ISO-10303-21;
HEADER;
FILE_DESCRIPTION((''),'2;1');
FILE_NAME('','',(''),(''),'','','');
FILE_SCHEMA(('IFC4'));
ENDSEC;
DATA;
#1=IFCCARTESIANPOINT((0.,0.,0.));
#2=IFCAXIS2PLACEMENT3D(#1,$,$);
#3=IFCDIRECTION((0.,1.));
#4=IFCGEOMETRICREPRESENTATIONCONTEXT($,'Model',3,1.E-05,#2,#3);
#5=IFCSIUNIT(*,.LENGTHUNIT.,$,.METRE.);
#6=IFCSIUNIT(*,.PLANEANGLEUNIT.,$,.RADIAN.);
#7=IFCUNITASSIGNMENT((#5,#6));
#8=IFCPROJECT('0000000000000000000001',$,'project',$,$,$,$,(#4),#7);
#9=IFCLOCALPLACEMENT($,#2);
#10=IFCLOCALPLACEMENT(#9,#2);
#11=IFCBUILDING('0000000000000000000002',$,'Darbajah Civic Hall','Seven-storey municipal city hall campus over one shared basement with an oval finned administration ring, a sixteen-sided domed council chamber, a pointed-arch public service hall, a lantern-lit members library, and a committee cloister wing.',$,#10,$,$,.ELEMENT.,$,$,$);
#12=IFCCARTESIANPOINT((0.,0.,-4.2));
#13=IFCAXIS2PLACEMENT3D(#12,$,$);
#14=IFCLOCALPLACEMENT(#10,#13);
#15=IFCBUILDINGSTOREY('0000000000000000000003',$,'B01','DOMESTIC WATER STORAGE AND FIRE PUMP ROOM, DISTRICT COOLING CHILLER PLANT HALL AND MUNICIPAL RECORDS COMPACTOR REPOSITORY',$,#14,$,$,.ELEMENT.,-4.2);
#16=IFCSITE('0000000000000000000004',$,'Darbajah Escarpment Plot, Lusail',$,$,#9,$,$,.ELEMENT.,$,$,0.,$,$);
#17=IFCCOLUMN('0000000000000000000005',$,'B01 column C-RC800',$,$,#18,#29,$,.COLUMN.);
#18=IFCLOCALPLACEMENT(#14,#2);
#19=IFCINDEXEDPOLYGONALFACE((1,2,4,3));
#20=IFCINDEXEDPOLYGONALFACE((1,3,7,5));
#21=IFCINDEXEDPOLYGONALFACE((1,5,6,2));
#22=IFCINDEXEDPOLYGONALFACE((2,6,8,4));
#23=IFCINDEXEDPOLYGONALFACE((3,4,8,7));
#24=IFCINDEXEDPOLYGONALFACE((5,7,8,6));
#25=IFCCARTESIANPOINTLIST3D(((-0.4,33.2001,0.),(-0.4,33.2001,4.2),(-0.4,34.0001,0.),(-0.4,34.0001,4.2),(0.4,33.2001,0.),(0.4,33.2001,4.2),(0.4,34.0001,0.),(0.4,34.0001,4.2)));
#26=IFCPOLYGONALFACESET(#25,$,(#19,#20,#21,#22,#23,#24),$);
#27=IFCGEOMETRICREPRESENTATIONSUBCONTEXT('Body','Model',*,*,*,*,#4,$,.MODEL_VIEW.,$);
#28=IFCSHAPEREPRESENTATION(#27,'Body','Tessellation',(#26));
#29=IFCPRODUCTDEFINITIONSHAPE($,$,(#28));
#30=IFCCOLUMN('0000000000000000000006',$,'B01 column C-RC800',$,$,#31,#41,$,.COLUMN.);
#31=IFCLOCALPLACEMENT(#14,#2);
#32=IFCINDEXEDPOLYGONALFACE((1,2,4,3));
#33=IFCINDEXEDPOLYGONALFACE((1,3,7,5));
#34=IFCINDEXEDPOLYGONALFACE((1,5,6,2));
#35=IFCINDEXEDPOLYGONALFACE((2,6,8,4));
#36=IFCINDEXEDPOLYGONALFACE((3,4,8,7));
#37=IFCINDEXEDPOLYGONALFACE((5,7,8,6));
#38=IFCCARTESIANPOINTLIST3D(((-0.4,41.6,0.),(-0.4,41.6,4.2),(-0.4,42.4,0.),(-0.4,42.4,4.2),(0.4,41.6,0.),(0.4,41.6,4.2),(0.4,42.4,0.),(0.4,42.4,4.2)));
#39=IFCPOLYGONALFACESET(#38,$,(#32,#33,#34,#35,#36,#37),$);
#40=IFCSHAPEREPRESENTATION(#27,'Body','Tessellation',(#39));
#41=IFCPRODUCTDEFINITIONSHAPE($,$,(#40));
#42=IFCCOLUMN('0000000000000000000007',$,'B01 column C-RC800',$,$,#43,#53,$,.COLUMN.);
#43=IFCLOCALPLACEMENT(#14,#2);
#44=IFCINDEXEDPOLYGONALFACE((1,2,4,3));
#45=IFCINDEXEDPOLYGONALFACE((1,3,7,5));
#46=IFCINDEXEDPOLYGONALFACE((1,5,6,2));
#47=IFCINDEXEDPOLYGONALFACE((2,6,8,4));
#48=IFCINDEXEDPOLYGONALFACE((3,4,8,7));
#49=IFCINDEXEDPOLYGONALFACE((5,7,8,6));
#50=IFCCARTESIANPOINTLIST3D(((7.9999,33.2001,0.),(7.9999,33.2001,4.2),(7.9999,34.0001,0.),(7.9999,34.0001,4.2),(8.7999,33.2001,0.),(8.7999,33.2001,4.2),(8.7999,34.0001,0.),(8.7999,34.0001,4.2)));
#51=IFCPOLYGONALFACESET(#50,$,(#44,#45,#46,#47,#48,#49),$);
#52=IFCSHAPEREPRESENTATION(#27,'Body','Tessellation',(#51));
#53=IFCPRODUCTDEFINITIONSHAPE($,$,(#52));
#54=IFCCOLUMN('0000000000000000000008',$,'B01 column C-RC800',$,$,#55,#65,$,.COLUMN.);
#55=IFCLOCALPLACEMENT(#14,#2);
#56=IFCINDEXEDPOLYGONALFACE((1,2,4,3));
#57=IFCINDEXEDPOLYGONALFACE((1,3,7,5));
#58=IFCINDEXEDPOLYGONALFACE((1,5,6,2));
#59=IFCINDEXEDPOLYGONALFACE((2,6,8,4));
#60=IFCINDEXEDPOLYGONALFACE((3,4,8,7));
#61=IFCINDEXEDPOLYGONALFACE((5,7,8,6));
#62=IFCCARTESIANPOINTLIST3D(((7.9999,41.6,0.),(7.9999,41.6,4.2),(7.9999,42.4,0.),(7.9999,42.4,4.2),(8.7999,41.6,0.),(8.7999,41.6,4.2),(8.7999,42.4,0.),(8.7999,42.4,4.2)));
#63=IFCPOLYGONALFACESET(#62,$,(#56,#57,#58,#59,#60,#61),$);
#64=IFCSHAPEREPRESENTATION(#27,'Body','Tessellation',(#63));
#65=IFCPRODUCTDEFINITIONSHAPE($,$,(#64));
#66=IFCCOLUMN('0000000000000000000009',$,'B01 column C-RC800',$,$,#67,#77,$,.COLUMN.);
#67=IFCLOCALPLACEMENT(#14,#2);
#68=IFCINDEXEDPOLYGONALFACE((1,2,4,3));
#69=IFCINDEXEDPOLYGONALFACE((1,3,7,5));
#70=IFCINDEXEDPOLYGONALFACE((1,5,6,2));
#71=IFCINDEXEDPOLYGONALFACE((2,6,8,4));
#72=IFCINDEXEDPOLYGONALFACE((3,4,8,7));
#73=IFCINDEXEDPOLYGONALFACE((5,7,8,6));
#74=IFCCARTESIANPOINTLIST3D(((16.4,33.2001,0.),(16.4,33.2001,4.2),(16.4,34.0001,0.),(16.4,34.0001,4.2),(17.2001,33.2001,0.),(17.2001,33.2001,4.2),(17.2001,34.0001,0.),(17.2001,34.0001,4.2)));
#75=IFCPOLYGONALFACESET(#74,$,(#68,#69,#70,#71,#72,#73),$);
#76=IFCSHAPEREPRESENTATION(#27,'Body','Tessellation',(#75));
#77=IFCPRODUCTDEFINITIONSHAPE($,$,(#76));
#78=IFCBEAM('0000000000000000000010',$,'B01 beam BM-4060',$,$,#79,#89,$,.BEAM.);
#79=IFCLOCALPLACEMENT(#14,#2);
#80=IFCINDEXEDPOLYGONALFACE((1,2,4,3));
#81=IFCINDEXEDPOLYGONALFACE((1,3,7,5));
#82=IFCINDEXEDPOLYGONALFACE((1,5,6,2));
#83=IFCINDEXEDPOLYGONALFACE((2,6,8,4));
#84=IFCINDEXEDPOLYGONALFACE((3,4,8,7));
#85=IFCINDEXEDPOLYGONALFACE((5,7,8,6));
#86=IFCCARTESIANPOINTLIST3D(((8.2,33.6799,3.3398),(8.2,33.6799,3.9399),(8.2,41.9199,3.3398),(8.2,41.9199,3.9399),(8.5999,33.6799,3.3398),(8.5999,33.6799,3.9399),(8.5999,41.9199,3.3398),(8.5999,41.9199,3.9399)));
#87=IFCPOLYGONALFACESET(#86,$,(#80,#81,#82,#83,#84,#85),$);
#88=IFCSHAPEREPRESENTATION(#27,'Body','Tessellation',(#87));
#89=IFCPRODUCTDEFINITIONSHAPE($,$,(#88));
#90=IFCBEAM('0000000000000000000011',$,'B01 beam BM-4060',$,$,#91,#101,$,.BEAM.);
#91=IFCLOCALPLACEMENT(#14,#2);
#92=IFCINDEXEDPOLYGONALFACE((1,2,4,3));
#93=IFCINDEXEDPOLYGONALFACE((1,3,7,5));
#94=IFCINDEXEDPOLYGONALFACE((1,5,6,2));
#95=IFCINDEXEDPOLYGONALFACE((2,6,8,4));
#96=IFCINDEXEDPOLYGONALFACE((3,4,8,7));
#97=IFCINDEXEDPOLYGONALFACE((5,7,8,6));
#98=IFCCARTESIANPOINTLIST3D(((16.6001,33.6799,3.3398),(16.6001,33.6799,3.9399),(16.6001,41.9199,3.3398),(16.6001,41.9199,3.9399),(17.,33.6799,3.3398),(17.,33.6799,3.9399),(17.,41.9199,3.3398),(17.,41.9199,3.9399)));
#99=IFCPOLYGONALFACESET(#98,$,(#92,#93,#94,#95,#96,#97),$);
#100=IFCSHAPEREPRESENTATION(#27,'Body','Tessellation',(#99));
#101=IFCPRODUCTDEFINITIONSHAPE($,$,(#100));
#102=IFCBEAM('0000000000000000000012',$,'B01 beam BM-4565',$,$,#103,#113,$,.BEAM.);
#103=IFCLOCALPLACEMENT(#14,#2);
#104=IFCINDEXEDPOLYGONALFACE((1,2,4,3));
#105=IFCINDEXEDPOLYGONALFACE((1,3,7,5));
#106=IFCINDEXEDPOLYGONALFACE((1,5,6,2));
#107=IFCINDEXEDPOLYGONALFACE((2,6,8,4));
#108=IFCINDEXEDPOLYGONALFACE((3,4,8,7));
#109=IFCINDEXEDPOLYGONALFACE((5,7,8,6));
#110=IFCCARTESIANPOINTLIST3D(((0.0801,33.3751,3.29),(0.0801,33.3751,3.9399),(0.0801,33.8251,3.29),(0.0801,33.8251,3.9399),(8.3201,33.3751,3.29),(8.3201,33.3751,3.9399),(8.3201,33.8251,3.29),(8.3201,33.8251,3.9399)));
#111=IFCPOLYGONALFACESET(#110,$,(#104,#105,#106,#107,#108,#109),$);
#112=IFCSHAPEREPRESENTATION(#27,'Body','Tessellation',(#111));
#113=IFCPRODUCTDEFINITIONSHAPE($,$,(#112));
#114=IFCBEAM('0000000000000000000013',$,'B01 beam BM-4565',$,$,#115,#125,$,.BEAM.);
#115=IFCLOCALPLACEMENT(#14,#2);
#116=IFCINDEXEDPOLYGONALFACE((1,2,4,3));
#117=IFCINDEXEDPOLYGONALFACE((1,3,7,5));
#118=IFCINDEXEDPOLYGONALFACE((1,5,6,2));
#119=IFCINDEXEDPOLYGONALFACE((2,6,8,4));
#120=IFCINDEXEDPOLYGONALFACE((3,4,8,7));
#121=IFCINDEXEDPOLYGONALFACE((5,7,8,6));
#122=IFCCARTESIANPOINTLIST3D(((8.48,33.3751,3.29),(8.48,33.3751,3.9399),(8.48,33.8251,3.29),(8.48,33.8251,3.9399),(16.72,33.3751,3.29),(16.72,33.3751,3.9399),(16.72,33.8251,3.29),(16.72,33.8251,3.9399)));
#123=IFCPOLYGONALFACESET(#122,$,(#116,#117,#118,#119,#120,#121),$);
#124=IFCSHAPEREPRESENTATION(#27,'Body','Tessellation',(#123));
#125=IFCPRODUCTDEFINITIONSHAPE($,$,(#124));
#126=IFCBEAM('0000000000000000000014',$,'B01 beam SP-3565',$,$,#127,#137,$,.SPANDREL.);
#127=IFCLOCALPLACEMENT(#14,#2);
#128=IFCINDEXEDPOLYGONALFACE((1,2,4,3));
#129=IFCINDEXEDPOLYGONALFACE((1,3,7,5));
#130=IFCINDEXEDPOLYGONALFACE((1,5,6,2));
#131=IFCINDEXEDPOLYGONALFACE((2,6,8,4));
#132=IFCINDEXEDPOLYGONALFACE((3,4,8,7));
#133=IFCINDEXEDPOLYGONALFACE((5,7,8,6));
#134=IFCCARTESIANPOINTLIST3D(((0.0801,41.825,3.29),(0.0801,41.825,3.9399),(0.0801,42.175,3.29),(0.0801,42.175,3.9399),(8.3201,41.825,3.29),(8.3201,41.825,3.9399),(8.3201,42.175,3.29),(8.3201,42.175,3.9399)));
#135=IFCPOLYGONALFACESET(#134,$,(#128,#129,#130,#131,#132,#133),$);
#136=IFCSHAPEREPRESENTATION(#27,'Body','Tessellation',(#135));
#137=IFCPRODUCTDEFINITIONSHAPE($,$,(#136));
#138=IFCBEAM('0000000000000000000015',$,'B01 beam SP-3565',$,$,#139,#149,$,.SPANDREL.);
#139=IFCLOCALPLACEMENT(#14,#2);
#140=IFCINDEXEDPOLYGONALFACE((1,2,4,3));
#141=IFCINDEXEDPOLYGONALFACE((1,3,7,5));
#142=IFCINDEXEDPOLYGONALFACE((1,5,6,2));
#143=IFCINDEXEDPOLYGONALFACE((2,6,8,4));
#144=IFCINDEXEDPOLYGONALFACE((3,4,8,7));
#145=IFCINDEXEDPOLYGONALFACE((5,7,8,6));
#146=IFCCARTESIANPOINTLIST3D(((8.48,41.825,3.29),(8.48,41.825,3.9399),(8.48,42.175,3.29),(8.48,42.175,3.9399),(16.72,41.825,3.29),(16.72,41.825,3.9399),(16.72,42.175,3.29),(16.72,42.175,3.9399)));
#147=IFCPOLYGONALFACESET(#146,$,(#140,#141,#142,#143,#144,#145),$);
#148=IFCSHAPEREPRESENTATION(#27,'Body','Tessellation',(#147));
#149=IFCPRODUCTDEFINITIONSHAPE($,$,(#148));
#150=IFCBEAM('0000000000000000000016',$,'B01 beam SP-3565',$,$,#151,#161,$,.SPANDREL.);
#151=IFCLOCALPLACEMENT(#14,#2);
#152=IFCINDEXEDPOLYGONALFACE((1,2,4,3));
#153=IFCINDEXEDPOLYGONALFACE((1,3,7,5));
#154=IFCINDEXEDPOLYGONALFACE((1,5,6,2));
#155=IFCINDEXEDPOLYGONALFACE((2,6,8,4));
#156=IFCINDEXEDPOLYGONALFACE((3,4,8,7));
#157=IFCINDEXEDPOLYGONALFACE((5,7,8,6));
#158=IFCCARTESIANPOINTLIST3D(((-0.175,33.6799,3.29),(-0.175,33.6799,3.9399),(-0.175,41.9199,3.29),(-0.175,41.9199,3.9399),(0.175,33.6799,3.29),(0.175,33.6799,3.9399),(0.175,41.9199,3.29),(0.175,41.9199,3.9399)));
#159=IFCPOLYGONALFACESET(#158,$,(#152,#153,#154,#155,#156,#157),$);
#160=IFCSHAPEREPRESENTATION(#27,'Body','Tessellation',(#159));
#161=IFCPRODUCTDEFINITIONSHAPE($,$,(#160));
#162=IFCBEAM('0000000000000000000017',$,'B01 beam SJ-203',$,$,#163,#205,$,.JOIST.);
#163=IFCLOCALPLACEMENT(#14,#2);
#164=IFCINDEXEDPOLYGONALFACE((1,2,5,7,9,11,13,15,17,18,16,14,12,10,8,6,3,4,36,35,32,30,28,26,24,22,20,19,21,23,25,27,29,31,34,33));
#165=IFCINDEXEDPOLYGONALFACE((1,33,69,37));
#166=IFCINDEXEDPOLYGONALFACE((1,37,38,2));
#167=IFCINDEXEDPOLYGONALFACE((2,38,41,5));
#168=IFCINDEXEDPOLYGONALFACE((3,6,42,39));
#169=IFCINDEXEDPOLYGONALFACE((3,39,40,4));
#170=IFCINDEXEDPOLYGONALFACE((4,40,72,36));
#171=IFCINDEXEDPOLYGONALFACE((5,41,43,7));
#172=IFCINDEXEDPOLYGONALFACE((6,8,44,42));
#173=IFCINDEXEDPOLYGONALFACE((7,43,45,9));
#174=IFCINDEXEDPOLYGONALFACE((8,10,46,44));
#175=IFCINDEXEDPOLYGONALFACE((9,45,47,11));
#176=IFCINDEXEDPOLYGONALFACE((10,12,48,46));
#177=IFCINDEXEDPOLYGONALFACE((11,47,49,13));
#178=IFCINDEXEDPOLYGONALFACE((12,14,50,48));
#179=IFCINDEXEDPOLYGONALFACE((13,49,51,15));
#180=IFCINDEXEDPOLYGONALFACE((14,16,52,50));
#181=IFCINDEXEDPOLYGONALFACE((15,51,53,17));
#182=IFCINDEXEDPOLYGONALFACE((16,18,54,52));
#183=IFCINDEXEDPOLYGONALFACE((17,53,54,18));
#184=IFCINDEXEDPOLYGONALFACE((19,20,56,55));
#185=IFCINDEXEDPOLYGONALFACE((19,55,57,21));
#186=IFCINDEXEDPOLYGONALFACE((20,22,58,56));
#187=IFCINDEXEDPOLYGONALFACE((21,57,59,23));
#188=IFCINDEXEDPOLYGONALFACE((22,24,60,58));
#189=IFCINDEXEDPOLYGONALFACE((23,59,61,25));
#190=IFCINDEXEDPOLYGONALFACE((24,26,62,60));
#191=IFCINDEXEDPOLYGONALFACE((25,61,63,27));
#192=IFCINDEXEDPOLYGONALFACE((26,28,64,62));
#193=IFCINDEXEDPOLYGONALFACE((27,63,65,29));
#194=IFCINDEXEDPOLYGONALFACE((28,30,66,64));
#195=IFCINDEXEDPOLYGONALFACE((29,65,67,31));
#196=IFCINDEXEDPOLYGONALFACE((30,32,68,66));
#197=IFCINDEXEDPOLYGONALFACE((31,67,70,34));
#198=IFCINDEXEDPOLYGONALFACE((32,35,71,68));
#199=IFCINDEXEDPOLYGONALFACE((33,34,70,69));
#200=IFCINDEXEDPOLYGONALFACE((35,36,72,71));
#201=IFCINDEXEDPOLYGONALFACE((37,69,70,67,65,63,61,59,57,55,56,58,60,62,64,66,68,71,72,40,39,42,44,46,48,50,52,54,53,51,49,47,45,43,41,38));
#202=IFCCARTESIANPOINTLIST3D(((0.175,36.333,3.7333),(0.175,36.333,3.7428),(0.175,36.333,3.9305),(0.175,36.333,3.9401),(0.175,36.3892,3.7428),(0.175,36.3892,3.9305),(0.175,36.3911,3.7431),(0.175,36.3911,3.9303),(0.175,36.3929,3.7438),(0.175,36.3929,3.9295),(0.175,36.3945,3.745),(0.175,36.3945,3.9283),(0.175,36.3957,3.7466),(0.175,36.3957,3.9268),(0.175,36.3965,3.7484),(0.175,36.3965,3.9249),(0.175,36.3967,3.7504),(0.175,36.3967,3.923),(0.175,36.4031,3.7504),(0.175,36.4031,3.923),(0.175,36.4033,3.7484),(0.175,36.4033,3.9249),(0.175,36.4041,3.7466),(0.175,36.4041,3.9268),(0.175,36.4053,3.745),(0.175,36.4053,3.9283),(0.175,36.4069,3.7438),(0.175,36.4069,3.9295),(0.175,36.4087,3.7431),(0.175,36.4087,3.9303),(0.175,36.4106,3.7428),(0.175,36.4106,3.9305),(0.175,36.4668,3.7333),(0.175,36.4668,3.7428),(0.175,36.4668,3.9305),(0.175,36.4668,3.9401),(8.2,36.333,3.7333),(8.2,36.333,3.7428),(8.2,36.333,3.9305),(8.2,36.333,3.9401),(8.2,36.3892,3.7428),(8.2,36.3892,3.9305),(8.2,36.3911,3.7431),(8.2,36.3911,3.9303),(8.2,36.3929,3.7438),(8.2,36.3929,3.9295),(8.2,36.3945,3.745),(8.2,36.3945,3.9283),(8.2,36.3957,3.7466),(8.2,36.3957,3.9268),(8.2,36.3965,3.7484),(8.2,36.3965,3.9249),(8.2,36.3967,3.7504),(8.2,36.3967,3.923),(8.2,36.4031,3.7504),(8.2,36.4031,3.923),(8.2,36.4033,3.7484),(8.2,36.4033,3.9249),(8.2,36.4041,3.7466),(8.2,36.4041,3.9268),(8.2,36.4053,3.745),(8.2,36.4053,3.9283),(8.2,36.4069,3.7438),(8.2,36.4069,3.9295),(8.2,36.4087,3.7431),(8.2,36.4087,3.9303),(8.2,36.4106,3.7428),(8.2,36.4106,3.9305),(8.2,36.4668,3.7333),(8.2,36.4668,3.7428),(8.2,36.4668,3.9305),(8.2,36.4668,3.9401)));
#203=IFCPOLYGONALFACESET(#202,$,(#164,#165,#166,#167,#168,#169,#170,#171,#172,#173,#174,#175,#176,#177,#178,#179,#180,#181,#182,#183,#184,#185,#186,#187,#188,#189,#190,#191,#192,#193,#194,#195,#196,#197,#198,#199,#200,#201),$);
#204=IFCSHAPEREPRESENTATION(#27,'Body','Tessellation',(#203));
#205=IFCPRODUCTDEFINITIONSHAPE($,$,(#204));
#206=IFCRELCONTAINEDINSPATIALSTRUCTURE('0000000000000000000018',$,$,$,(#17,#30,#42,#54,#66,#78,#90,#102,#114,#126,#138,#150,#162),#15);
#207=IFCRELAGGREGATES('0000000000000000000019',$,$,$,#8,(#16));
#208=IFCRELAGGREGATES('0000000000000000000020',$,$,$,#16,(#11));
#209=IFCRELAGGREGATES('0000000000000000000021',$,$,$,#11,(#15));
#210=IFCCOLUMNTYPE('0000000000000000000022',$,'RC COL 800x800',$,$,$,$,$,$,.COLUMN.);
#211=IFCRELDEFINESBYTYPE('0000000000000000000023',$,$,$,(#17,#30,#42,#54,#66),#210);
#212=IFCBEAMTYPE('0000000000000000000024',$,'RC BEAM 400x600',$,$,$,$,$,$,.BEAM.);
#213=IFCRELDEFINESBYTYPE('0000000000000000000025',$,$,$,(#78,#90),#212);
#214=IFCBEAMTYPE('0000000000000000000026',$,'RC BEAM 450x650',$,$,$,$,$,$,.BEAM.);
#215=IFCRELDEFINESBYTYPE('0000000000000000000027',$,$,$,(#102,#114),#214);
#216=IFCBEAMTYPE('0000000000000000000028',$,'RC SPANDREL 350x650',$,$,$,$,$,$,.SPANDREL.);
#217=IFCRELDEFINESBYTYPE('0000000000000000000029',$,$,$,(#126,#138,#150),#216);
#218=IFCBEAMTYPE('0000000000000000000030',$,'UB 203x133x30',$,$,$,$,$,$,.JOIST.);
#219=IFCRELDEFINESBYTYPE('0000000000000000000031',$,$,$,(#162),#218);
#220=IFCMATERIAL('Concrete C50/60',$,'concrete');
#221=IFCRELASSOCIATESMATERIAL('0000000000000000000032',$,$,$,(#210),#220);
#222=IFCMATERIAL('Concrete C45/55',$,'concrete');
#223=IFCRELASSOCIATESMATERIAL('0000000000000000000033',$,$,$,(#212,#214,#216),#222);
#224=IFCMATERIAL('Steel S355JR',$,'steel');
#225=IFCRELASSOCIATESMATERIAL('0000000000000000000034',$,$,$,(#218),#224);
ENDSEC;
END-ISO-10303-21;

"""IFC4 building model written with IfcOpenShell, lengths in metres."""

from ifc_helpers import new_model, si_unit, direction, frame, origin, origin_2d, place, context, subcontext, project, spatial, rectangle, i_section, extrude, material, material_profile, profile_set, type_object, element, save


model = new_model("IFC4")

# Units and contexts
model_context = context("Model", 3, precision=1e-05, world=origin(), true_north=direction((0.0, 1.0)))
body_context = subcontext(model_context, "Body", "Model", "MODEL_VIEW")
ifc_project = project(units=[si_unit("LENGTHUNIT", "METRE"), si_unit("PLANEANGLEUNIT", "RADIAN")], contexts=[model_context])

# Site, building, storey
site_placement = place(None, origin())
site = spatial("IfcSite", under=ifc_project, at=site_placement, Name="Darbajah Escarpment Plot, Lusail", CompositionType="ELEMENT", RefElevation=0.0)
building_placement = place(site_placement, origin())
building = spatial("IfcBuilding", under=site, at=building_placement, Name="Darbajah Civic Hall", Description="Seven-storey municipal city hall campus over one shared basement with an oval finned administration ring, a sixteen-sided domed council chamber, a pointed-arch public service hall, a lantern-lit members library, and a committee cloister wing.", CompositionType="ELEMENT")
storey_placement = place(building_placement, frame((0.0, 0.0, -4.2)))
storey = spatial("IfcBuildingStorey", under=building, at=storey_placement, Name="B01", Description="DOMESTIC WATER STORAGE AND FIRE PUMP ROOM, DISTRICT COOLING CHILLER PLANT HALL AND MUNICIPAL RECORDS COMPACTOR REPOSITORY", CompositionType="ELEMENT", Elevation=-4.2)

# Shared definitions
ifc_material_1 = material(Name="Concrete C45/55", Category="concrete")

# Columns
ifc_material_2 = material(Name="Concrete C50/60", Category="concrete")
ifc_material_profile_1 = material_profile(ifc_material_2, rectangle(XDim=0.8, YDim=0.8, at=origin_2d()), Name="RC COL 800x800")
ifc_profile_set_1 = profile_set([ifc_material_profile_1], Name="Concrete C50/60")
column_type = type_object("IfcColumnType", Name="RC COL 800x800", PredefinedType="COLUMN", material=ifc_profile_set_1)
for number, where, z_axis, x_axis, name in (
    (1, (0.0, 33.6001, 0.0), (0.0, 0.0, 1.0), (1.0, 0.0, 0.0), "B01 column C-RC800"),
    (2, (0.0, 42.0, 0.0), (0.0, 0.0, 1.0), (1.0, 0.0, 0.0), "B01 column C-RC800"),
    (3, (8.3999, 33.6001, 0.0), (0.0, 0.0, 1.0), (1.0, 0.0, 0.0), "B01 column C-RC800"),
    (4, (8.3999, 42.0, 0.0), (0.0, 0.0, 1.0), (1.0, 0.0, 0.0), "B01 column C-RC800"),
    (5, (16.8, 33.6001, 0.0), (0.0, 0.0, 1.0), (1.0, 0.0, 0.0), "B01 column C-RC800"),
):
    element("IfcColumn", number, at=place(storey_placement, frame(where, z_axis=z_axis, x_axis=x_axis)), inside=storey, type_object=column_type, Name=name, PredefinedType="COLUMN", context=body_context, shape_type="SweptSolid", body=[
        extrude(rectangle(XDim=0.8, YDim=0.8, at=origin_2d()), origin(), (0.0, 0.0, 1.0), 4.2),
    ])

# Beams
ifc_material_profile_2 = material_profile(ifc_material_1, rectangle(XDim=0.3999, YDim=0.6001, at=origin_2d()), Name="RC BEAM 400x600")
ifc_profile_set_2 = profile_set([ifc_material_profile_2], Name="Concrete C45/55")
beam_type_1 = type_object("IfcBeamType", Name="RC BEAM 400x600", PredefinedType="BEAM", material=ifc_profile_set_2)
for number, where, z_axis, x_axis, name in (
    (6, (8.3999, 33.6799, 3.6399), (0.0, 1.0, 0.0), (-1.0, 0.0, 0.0), "B01 beam BM-4060"),
    (7, (16.8, 33.6799, 3.6399), (0.0, 1.0, 0.0), (-1.0, 0.0, 0.0), "B01 beam BM-4060"),
):
    element("IfcBeam", number, at=place(storey_placement, frame(where, z_axis=z_axis, x_axis=x_axis)), inside=storey, type_object=beam_type_1, Name=name, PredefinedType="BEAM", context=body_context, shape_type="SweptSolid", body=[
        extrude(rectangle(XDim=0.3999, YDim=0.6001, at=origin_2d()), origin(), (0.0, 0.0, 1.0), 8.24),
    ])
ifc_material_profile_3 = material_profile(ifc_material_1, rectangle(XDim=0.45, YDim=0.6499, at=origin_2d()), Name="RC BEAM 450x650")
ifc_profile_set_3 = profile_set([ifc_material_profile_3], Name="Concrete C45/55")
beam_type_2 = type_object("IfcBeamType", Name="RC BEAM 450x650", PredefinedType="BEAM", material=ifc_profile_set_3)
for number, where, z_axis, x_axis, name in (
    (8, (0.0801, 33.6001, 3.615), (1.0, 0.0, 0.0), (0.0, 1.0, 0.0), "B01 beam BM-4565"),
    (9, (8.48, 33.6001, 3.615), (1.0, 0.0, 0.0), (0.0, 1.0, 0.0), "B01 beam BM-4565"),
):
    element("IfcBeam", number, at=place(storey_placement, frame(where, z_axis=z_axis, x_axis=x_axis)), inside=storey, type_object=beam_type_2, Name=name, PredefinedType="BEAM", context=body_context, shape_type="SweptSolid", body=[
        extrude(rectangle(XDim=0.45, YDim=0.6499, at=origin_2d()), origin(), (0.0, 0.0, 1.0), 8.24),
    ])
ifc_material_profile_4 = material_profile(ifc_material_1, rectangle(XDim=0.3501, YDim=0.6499, at=origin_2d()), Name="RC SPANDREL 350x650")
ifc_profile_set_4 = profile_set([ifc_material_profile_4], Name="Concrete C45/55")
beam_type_3 = type_object("IfcBeamType", Name="RC SPANDREL 350x650", PredefinedType="SPANDREL", material=ifc_profile_set_4)
for number, where, z_axis, x_axis, name in (
    (10, (0.0801, 42.0, 3.615), (1.0, 0.0, 0.0), (0.0, 1.0, 0.0), "B01 beam SP-3565"),
    (11, (8.48, 42.0, 3.615), (1.0, 0.0, 0.0), (0.0, 1.0, 0.0), "B01 beam SP-3565"),
    (12, (0.0, 33.6799, 3.615), (0.0, 1.0, 0.0), (-1.0, 0.0, 0.0), "B01 beam SP-3565"),
):
    element("IfcBeam", number, at=place(storey_placement, frame(where, z_axis=z_axis, x_axis=x_axis)), inside=storey, type_object=beam_type_3, Name=name, PredefinedType="SPANDREL", context=body_context, shape_type="SweptSolid", body=[
        extrude(rectangle(XDim=0.3501, YDim=0.6499, at=origin_2d()), origin(), (0.0, 0.0, 1.0), 8.24),
    ])
ifc_material_3 = material(Name="Steel S355JR", Category="steel")
ifc_material_profile_5 = material_profile(ifc_material_3, i_section(OverallWidth=0.1338, OverallDepth=0.2068, WebThickness=0.0063, FlangeThickness=0.0095, FilletRadius=0.0076, at=origin_2d()), Name="UB 203x133x30")
ifc_profile_set_5 = profile_set([ifc_material_profile_5], Name="Steel S355JR")
beam_type_4 = type_object("IfcBeamType", Name="UB 203x133x30", PredefinedType="JOIST", material=ifc_profile_set_5)
for number, where, z_axis, x_axis, name in (
    (13, (0.175, 36.3999, 3.8367), (1.0, 0.0, 0.0), (0.0, 1.0, 0.0), "B01 beam SJ-203"),
):
    element("IfcBeam", number, at=place(storey_placement, frame(where, z_axis=z_axis, x_axis=x_axis)), inside=storey, type_object=beam_type_4, Name=name, PredefinedType="JOIST", context=body_context, shape_type="SweptSolid", body=[
        extrude(i_section(OverallWidth=0.1338, OverallDepth=0.2068, WebThickness=0.0063, FlangeThickness=0.0095, FilletRadius=0.0076, at=origin_2d()), origin(), (0.0, 0.0, 1.0), 8.0249),
    ])

save(model, "model.ifc")
